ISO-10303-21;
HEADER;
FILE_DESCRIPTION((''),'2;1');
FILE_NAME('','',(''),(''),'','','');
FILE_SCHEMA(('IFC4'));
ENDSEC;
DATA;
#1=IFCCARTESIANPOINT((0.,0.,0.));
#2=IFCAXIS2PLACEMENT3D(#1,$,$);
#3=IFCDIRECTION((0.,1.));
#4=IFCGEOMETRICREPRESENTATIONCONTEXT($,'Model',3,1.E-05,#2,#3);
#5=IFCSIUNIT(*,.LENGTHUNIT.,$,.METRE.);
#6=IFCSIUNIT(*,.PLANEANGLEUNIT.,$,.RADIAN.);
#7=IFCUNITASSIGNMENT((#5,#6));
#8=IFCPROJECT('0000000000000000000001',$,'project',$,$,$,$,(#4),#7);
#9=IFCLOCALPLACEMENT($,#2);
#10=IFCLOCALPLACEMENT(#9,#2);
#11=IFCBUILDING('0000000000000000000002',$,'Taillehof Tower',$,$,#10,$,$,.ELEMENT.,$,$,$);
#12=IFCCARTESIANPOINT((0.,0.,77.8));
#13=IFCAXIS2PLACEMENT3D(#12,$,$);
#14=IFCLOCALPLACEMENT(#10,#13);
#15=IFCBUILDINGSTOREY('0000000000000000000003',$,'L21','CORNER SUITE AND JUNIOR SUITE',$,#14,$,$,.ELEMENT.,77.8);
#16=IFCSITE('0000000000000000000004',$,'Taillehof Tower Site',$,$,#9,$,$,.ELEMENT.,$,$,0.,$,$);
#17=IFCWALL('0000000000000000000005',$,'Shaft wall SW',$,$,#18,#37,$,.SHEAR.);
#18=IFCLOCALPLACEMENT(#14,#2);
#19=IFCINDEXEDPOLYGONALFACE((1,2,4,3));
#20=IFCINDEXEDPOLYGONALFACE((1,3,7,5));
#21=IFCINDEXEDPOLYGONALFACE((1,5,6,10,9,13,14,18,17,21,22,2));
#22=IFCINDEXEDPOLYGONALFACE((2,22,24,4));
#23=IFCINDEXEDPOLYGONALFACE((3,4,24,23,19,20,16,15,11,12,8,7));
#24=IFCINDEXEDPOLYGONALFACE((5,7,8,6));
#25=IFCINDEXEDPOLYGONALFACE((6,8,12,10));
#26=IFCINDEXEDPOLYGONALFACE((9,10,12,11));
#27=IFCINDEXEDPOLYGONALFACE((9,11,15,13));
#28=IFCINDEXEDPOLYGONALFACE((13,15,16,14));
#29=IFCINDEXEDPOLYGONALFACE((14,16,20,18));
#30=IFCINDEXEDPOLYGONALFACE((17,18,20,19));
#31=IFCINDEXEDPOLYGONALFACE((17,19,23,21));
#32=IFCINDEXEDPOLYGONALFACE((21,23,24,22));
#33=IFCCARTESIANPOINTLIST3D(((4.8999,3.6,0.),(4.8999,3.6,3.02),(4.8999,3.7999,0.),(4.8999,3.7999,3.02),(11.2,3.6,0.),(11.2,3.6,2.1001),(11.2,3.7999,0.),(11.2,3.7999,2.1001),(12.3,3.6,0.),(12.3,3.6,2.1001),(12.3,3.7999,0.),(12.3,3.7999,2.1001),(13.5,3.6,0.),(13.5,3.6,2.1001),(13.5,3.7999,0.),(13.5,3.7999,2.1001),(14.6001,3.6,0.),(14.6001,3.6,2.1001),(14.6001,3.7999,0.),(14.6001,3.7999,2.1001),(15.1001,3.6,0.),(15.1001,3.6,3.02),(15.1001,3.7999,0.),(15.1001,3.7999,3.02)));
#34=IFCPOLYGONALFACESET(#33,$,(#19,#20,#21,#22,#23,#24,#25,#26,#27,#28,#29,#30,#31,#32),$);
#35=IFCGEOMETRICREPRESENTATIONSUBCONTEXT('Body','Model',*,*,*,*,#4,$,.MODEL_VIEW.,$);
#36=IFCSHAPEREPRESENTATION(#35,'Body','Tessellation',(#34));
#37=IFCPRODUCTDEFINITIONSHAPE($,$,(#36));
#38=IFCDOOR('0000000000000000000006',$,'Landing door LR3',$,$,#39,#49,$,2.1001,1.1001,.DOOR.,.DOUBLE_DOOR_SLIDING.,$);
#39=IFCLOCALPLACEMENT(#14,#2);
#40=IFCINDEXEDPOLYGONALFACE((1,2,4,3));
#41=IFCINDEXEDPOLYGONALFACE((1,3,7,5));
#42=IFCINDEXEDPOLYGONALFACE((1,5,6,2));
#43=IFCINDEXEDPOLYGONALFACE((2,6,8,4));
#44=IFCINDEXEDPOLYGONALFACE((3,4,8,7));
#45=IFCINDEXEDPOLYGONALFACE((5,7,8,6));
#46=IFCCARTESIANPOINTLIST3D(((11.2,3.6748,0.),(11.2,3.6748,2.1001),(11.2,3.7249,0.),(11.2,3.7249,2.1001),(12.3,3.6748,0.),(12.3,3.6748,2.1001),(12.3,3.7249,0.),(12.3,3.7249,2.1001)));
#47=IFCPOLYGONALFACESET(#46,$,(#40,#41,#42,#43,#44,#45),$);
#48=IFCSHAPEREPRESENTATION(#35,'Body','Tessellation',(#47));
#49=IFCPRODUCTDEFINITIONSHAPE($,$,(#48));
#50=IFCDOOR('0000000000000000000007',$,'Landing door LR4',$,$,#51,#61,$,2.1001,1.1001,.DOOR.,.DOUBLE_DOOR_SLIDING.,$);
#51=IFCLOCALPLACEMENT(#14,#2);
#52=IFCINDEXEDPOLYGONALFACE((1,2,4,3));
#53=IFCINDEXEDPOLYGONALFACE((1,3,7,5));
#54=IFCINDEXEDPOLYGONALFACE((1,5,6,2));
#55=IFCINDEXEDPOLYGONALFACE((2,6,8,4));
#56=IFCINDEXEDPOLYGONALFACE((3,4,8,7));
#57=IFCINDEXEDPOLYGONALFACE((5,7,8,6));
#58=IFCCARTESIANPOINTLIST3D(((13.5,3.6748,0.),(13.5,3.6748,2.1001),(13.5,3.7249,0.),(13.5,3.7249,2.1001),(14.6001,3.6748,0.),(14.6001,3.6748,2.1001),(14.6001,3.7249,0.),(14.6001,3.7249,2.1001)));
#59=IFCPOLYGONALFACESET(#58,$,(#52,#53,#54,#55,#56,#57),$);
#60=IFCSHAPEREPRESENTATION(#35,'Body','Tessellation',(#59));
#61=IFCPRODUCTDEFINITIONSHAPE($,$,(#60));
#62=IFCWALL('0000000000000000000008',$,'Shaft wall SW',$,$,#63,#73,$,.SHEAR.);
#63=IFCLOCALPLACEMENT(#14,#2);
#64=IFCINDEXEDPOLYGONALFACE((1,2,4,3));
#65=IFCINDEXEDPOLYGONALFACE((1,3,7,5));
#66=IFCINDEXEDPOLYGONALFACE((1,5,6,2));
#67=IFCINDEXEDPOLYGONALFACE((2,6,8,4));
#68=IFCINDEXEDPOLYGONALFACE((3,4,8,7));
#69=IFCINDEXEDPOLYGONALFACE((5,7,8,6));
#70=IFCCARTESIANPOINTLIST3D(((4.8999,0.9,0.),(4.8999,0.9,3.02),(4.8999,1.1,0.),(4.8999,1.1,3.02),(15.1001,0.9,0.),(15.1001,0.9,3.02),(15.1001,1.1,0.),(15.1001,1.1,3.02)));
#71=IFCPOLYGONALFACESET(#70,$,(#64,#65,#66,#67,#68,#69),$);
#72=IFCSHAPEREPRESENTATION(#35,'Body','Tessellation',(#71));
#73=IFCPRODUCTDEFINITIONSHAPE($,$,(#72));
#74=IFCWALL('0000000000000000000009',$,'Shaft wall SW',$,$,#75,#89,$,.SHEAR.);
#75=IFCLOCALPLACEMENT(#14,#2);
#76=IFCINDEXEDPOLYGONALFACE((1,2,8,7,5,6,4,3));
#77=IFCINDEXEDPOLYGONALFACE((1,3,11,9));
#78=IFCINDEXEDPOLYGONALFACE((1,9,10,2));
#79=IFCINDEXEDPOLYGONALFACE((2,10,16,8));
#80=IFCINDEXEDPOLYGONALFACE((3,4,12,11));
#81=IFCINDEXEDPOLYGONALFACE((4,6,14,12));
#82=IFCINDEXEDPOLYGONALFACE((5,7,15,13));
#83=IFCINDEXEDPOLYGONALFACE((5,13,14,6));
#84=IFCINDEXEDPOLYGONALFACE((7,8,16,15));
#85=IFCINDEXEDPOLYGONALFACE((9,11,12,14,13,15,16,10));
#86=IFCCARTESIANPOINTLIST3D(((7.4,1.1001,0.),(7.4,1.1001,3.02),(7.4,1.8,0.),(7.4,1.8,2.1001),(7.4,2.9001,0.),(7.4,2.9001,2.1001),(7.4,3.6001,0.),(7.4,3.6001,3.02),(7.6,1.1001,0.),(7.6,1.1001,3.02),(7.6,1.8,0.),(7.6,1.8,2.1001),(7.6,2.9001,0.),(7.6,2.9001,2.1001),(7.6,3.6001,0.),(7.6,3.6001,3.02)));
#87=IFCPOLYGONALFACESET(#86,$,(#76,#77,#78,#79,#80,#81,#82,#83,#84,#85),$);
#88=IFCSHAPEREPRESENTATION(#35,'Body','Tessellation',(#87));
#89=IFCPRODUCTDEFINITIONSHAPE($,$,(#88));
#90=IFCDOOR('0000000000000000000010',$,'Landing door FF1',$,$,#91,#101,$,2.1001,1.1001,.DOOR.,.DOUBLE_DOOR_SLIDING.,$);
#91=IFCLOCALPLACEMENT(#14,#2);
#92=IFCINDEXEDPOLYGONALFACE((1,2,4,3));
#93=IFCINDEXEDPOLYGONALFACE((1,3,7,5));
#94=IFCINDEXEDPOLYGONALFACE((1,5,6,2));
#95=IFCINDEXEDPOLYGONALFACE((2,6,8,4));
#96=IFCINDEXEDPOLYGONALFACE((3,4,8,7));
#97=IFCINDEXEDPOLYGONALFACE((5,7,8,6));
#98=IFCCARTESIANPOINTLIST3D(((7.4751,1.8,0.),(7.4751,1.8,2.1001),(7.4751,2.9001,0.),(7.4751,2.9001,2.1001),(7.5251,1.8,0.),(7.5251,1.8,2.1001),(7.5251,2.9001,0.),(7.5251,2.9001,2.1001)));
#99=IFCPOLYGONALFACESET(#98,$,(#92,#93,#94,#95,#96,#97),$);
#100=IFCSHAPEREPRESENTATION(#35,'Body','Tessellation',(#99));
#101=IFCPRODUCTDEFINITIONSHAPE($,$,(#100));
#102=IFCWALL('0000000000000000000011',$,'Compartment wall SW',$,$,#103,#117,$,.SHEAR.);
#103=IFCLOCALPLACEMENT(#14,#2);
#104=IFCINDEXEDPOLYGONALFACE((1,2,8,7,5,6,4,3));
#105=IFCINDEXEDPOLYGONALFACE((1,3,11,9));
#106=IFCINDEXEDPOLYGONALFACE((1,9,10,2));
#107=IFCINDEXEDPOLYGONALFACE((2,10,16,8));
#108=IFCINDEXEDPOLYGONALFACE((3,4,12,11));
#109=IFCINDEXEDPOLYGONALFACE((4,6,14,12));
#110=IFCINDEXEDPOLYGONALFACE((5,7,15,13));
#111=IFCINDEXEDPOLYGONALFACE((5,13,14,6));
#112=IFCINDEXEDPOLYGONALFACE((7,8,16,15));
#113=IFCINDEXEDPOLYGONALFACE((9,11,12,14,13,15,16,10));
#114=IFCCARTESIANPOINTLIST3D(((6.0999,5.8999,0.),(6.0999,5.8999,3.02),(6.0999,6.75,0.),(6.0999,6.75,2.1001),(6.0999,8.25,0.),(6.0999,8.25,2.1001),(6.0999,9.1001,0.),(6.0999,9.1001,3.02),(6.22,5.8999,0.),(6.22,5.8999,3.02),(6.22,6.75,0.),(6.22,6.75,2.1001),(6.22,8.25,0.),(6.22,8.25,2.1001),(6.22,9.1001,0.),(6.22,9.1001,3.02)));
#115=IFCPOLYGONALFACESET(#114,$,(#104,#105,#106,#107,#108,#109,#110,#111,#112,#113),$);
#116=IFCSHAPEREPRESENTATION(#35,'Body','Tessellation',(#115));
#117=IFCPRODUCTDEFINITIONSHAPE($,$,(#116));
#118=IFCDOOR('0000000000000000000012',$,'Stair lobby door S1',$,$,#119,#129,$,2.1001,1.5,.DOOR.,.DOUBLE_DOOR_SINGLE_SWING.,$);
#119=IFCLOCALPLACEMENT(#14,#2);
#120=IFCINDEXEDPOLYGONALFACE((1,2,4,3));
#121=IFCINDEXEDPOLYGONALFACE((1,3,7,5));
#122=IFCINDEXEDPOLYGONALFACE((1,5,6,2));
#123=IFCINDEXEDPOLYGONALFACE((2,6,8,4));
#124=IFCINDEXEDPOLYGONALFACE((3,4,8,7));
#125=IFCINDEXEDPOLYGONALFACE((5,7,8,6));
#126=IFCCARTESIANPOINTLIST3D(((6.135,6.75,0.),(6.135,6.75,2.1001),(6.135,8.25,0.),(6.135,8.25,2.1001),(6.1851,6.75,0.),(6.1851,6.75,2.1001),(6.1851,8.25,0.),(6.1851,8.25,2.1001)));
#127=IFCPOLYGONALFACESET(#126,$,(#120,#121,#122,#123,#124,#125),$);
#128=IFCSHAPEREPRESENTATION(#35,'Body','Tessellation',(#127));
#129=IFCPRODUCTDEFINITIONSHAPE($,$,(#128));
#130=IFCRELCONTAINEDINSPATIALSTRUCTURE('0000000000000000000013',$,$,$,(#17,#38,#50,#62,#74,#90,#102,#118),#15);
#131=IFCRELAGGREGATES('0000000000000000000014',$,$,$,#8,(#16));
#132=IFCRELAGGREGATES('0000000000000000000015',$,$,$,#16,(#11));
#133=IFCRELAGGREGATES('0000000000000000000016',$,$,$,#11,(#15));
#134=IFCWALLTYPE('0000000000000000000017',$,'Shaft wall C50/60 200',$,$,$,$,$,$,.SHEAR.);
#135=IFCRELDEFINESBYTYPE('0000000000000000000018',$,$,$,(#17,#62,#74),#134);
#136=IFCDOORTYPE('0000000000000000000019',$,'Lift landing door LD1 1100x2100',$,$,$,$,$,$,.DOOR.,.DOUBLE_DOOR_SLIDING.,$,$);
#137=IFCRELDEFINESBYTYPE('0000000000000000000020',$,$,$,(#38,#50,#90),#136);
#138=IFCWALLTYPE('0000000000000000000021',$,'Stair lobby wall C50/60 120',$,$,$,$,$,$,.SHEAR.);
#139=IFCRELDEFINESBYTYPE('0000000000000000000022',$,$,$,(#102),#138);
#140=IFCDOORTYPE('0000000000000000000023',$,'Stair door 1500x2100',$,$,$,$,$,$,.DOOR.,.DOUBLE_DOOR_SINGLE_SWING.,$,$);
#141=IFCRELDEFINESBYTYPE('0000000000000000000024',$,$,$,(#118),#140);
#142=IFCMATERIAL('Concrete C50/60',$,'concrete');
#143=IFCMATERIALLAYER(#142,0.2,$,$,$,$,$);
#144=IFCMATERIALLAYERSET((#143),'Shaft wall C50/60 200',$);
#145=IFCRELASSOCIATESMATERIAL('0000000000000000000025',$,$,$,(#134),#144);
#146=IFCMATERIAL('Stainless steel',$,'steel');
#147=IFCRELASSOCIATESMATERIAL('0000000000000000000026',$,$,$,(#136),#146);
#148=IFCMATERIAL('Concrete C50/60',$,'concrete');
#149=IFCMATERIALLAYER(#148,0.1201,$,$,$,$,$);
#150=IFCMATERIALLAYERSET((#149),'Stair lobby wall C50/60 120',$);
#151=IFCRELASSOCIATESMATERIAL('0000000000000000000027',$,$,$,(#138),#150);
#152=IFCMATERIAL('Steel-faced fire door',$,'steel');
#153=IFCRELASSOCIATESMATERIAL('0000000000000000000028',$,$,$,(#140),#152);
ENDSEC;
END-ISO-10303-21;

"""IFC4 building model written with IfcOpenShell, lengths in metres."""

from ifc_helpers import new_model, si_unit, direction, frame, frame_2d, origin, place, context, subcontext, project, spatial, rectangle, extrude, material, layer, layer_set, type_object, element, fill, save


model = new_model("IFC4")

# Units and contexts
model_context = context("Model", 3, precision=1e-05, world=origin(), true_north=direction((0.0, 1.0)))
body_context = subcontext(model_context, "Body", "Model", "MODEL_VIEW")
ifc_project = project(units=[si_unit("LENGTHUNIT", "METRE"), si_unit("PLANEANGLEUNIT", "RADIAN")], contexts=[model_context])

# Site, building, storey
site_placement = place(None, origin())
site = spatial("IfcSite", under=ifc_project, at=site_placement, Name="Taillehof Tower Site", CompositionType="ELEMENT", RefElevation=0.0)
building_placement = place(site_placement, origin())
building = spatial("IfcBuilding", under=site, at=building_placement, Name="Taillehof Tower", CompositionType="ELEMENT")
storey_placement = place(building_placement, frame((0.0, 0.0, 77.8)))
storey = spatial("IfcBuildingStorey", under=building, at=storey_placement, Name="L21", Description="CORNER SUITE AND JUNIOR SUITE", CompositionType="ELEMENT", Elevation=77.8)

# Wall, openings, doors
ifc_material_1 = material(Name="Concrete C50/60", Category="concrete")
ifc_layer_1 = layer(ifc_material_1, 0.2)
ifc_layer_set_1 = layer_set([ifc_layer_1], Name="Shaft wall C50/60 200")
wall_type_1 = type_object("IfcWallType", Name="Shaft wall C50/60 200", PredefinedType="SHEAR", material=ifc_layer_set_1)
ifc_material_2 = material(Name="Stainless steel", Category="steel")
door_type_1 = type_object("IfcDoorType", Name="Lift landing door LD1 1100x2100", OperationType="DOUBLE_DOOR_SLIDING", PredefinedType="DOOR", material=ifc_material_2)
wall_1_placement = place(storey_placement, frame((4.8999, 3.7, 0.0), z_axis=(0.0, 0.0, 1.0), x_axis=(1.0, 0.0, 0.0)))
wall_1 = element("IfcWall", 1, at=wall_1_placement, inside=storey, type_object=wall_type_1, Name="Shaft wall SW", PredefinedType="SHEAR", context=body_context, shape_type="SweptSolid", body=[
    extrude(rectangle(XDim=10.2002, YDim=0.2, at=frame_2d((5.1001, 0.0))), origin(), (0.0, 0.0, 1.0), 3.02),
])
opening_1_placement = place(wall_1_placement, frame((6.3, 0.0, 0.0)))
opening_1 = element("IfcOpeningElement", 2, at=opening_1_placement, cuts=wall_1, PredefinedType="OPENING", context=body_context, shape_type="SweptSolid", body=[
    extrude(rectangle(XDim=1.1001, YDim=2.1001, at=frame_2d((0.55, 1.05))), frame((0.0, 0.1099, 0.0), z_axis=(0.0, -1.0, 0.0), x_axis=(1.0, 0.0, 0.0)), (0.0, 0.0, 1.0), 0.22),
])
opening_2_placement = place(wall_1_placement, frame((8.6001, 0.0, 0.0)))
opening_2 = element("IfcOpeningElement", 3, at=opening_2_placement, cuts=wall_1, PredefinedType="OPENING", context=body_context, shape_type="SweptSolid", body=[
    extrude(rectangle(XDim=1.1001, YDim=2.1001, at=frame_2d((0.55, 1.05))), frame((0.0, 0.1099, 0.0), z_axis=(0.0, -1.0, 0.0), x_axis=(1.0, 0.0, 0.0)), (0.0, 0.0, 1.0), 0.22),
])
door_1_placement = place(opening_1_placement, origin())
door_1 = element("IfcDoor", 4, at=door_1_placement, inside=storey, type_object=door_type_1, Name="Landing door LR3", OperationType="DOUBLE_DOOR_SLIDING", OverallHeight=2.1001, OverallWidth=1.1001, PredefinedType="DOOR", context=body_context, shape_type="SweptSolid", body=[
    extrude(rectangle(XDim=1.1001, YDim=2.1001, at=frame_2d((0.55, 1.05))), frame((0.0, 0.0249, 0.0), z_axis=(0.0, -1.0, 0.0), x_axis=(1.0, 0.0, 0.0)), (0.0, 0.0, 1.0), 0.05),
])
fill(opening_1, door_1)
door_2_placement = place(opening_2_placement, origin())
door_2 = element("IfcDoor", 5, at=door_2_placement, inside=storey, type_object=door_type_1, Name="Landing door LR4", OperationType="DOUBLE_DOOR_SLIDING", OverallHeight=2.1001, OverallWidth=1.1001, PredefinedType="DOOR", context=body_context, shape_type="SweptSolid", body=[
    extrude(rectangle(XDim=1.1001, YDim=2.1001, at=frame_2d((0.55, 1.05))), frame((0.0, 0.0249, 0.0), z_axis=(0.0, -1.0, 0.0), x_axis=(1.0, 0.0, 0.0)), (0.0, 0.0, 1.0), 0.05),
])
fill(opening_2, door_2)

# Wall
wall_2_placement = place(storey_placement, frame((4.8999, 1.0, 0.0), z_axis=(0.0, 0.0, 1.0), x_axis=(1.0, 0.0, 0.0)))
element("IfcWall", 6, at=wall_2_placement, inside=storey, type_object=wall_type_1, Name="Shaft wall SW", PredefinedType="SHEAR", context=body_context, shape_type="SweptSolid", body=[
    extrude(rectangle(XDim=10.2002, YDim=0.2, at=frame_2d((5.1001, 0.0))), origin(), (0.0, 0.0, 1.0), 3.02),
])

# Walls, openings, doors
wall_3_placement = place(storey_placement, frame((7.5, 1.1001, 0.0), z_axis=(0.0, 0.0, 1.0), x_axis=(0.0, 1.0, 0.0)))
wall_3 = element("IfcWall", 7, at=wall_3_placement, inside=storey, type_object=wall_type_1, Name="Shaft wall SW", PredefinedType="SHEAR", context=body_context, shape_type="SweptSolid", body=[
    extrude(rectangle(XDim=2.5, YDim=0.2, at=frame_2d((1.25, 0.0))), origin(), (0.0, 0.0, 1.0), 3.02),
])
opening_3_placement = place(wall_3_placement, frame((0.7, 0.0, 0.0)))
opening_3 = element("IfcOpeningElement", 8, at=opening_3_placement, cuts=wall_3, PredefinedType="OPENING", context=body_context, shape_type="SweptSolid", body=[
    extrude(rectangle(XDim=1.1001, YDim=2.1001, at=frame_2d((0.55, 1.05))), frame((0.0, 0.1099, 0.0), z_axis=(0.0, -1.0, 0.0), x_axis=(1.0, 0.0, 0.0)), (0.0, 0.0, 1.0), 0.22),
])
door_3_placement = place(opening_3_placement, origin())
door_3 = element("IfcDoor", 9, at=door_3_placement, inside=storey, type_object=door_type_1, Name="Landing door FF1", OperationType="DOUBLE_DOOR_SLIDING", OverallHeight=2.1001, OverallWidth=1.1001, PredefinedType="DOOR", context=body_context, shape_type="SweptSolid", body=[
    extrude(rectangle(XDim=1.1001, YDim=2.1001, at=frame_2d((0.55, 1.05))), frame((0.0, 0.0249, 0.0), z_axis=(0.0, -1.0, 0.0), x_axis=(1.0, 0.0, 0.0)), (0.0, 0.0, 1.0), 0.05),
])
fill(opening_3, door_3)
ifc_material_3 = material(Name="Concrete C50/60", Category="concrete")
ifc_layer_2 = layer(ifc_material_3, 0.1201)
ifc_layer_set_2 = layer_set([ifc_layer_2], Name="Stair lobby wall C50/60 120")
wall_type_2 = type_object("IfcWallType", Name="Stair lobby wall C50/60 120", PredefinedType="SHEAR", material=ifc_layer_set_2)
wall_4_placement = place(storey_placement, frame((6.1599, 5.8999, 0.0), z_axis=(0.0, 0.0, 1.0), x_axis=(0.0, 1.0, 0.0)))
wall_4 = element("IfcWall", 10, at=wall_4_placement, inside=storey, type_object=wall_type_2, Name="Compartment wall SW", PredefinedType="SHEAR", context=body_context, shape_type="SweptSolid", body=[
    extrude(rectangle(XDim=3.2002, YDim=0.1201, at=frame_2d((1.6001, 0.0))), origin(), (0.0, 0.0, 1.0), 3.02),
])
opening_4_placement = place(wall_4_placement, frame((0.8501, 0.0, 0.0)))
opening_4 = element("IfcOpeningElement", 11, at=opening_4_placement, cuts=wall_4, PredefinedType="OPENING", context=body_context, shape_type="SweptSolid", body=[
    extrude(rectangle(XDim=1.5, YDim=2.1001, at=frame_2d((0.75, 1.05))), frame((0.0, 0.0701, 0.0), z_axis=(0.0, -1.0, 0.0), x_axis=(1.0, 0.0, 0.0)), (0.0, 0.0, 1.0), 0.1401),
])
ifc_material_4 = material(Name="Steel-faced fire door", Category="steel")
door_type_2 = type_object("IfcDoorType", Name="Stair door 1500x2100", OperationType="DOUBLE_DOOR_SINGLE_SWING", PredefinedType="DOOR", material=ifc_material_4)
door_4_placement = place(opening_4_placement, origin())
door_4 = element("IfcDoor", 12, at=door_4_placement, inside=storey, type_object=door_type_2, Name="Stair lobby door S1", OperationType="DOUBLE_DOOR_SINGLE_SWING", OverallHeight=2.1001, OverallWidth=1.5, PredefinedType="DOOR", context=body_context, shape_type="SweptSolid", body=[
    extrude(rectangle(XDim=1.5, YDim=2.1001, at=frame_2d((0.75, 1.05))), frame((0.0, 0.0249, 0.0), z_axis=(0.0, -1.0, 0.0), x_axis=(1.0, 0.0, 0.0)), (0.0, 0.0, 1.0), 0.05),
])
fill(opening_4, door_4)

save(model, "model.ifc")
